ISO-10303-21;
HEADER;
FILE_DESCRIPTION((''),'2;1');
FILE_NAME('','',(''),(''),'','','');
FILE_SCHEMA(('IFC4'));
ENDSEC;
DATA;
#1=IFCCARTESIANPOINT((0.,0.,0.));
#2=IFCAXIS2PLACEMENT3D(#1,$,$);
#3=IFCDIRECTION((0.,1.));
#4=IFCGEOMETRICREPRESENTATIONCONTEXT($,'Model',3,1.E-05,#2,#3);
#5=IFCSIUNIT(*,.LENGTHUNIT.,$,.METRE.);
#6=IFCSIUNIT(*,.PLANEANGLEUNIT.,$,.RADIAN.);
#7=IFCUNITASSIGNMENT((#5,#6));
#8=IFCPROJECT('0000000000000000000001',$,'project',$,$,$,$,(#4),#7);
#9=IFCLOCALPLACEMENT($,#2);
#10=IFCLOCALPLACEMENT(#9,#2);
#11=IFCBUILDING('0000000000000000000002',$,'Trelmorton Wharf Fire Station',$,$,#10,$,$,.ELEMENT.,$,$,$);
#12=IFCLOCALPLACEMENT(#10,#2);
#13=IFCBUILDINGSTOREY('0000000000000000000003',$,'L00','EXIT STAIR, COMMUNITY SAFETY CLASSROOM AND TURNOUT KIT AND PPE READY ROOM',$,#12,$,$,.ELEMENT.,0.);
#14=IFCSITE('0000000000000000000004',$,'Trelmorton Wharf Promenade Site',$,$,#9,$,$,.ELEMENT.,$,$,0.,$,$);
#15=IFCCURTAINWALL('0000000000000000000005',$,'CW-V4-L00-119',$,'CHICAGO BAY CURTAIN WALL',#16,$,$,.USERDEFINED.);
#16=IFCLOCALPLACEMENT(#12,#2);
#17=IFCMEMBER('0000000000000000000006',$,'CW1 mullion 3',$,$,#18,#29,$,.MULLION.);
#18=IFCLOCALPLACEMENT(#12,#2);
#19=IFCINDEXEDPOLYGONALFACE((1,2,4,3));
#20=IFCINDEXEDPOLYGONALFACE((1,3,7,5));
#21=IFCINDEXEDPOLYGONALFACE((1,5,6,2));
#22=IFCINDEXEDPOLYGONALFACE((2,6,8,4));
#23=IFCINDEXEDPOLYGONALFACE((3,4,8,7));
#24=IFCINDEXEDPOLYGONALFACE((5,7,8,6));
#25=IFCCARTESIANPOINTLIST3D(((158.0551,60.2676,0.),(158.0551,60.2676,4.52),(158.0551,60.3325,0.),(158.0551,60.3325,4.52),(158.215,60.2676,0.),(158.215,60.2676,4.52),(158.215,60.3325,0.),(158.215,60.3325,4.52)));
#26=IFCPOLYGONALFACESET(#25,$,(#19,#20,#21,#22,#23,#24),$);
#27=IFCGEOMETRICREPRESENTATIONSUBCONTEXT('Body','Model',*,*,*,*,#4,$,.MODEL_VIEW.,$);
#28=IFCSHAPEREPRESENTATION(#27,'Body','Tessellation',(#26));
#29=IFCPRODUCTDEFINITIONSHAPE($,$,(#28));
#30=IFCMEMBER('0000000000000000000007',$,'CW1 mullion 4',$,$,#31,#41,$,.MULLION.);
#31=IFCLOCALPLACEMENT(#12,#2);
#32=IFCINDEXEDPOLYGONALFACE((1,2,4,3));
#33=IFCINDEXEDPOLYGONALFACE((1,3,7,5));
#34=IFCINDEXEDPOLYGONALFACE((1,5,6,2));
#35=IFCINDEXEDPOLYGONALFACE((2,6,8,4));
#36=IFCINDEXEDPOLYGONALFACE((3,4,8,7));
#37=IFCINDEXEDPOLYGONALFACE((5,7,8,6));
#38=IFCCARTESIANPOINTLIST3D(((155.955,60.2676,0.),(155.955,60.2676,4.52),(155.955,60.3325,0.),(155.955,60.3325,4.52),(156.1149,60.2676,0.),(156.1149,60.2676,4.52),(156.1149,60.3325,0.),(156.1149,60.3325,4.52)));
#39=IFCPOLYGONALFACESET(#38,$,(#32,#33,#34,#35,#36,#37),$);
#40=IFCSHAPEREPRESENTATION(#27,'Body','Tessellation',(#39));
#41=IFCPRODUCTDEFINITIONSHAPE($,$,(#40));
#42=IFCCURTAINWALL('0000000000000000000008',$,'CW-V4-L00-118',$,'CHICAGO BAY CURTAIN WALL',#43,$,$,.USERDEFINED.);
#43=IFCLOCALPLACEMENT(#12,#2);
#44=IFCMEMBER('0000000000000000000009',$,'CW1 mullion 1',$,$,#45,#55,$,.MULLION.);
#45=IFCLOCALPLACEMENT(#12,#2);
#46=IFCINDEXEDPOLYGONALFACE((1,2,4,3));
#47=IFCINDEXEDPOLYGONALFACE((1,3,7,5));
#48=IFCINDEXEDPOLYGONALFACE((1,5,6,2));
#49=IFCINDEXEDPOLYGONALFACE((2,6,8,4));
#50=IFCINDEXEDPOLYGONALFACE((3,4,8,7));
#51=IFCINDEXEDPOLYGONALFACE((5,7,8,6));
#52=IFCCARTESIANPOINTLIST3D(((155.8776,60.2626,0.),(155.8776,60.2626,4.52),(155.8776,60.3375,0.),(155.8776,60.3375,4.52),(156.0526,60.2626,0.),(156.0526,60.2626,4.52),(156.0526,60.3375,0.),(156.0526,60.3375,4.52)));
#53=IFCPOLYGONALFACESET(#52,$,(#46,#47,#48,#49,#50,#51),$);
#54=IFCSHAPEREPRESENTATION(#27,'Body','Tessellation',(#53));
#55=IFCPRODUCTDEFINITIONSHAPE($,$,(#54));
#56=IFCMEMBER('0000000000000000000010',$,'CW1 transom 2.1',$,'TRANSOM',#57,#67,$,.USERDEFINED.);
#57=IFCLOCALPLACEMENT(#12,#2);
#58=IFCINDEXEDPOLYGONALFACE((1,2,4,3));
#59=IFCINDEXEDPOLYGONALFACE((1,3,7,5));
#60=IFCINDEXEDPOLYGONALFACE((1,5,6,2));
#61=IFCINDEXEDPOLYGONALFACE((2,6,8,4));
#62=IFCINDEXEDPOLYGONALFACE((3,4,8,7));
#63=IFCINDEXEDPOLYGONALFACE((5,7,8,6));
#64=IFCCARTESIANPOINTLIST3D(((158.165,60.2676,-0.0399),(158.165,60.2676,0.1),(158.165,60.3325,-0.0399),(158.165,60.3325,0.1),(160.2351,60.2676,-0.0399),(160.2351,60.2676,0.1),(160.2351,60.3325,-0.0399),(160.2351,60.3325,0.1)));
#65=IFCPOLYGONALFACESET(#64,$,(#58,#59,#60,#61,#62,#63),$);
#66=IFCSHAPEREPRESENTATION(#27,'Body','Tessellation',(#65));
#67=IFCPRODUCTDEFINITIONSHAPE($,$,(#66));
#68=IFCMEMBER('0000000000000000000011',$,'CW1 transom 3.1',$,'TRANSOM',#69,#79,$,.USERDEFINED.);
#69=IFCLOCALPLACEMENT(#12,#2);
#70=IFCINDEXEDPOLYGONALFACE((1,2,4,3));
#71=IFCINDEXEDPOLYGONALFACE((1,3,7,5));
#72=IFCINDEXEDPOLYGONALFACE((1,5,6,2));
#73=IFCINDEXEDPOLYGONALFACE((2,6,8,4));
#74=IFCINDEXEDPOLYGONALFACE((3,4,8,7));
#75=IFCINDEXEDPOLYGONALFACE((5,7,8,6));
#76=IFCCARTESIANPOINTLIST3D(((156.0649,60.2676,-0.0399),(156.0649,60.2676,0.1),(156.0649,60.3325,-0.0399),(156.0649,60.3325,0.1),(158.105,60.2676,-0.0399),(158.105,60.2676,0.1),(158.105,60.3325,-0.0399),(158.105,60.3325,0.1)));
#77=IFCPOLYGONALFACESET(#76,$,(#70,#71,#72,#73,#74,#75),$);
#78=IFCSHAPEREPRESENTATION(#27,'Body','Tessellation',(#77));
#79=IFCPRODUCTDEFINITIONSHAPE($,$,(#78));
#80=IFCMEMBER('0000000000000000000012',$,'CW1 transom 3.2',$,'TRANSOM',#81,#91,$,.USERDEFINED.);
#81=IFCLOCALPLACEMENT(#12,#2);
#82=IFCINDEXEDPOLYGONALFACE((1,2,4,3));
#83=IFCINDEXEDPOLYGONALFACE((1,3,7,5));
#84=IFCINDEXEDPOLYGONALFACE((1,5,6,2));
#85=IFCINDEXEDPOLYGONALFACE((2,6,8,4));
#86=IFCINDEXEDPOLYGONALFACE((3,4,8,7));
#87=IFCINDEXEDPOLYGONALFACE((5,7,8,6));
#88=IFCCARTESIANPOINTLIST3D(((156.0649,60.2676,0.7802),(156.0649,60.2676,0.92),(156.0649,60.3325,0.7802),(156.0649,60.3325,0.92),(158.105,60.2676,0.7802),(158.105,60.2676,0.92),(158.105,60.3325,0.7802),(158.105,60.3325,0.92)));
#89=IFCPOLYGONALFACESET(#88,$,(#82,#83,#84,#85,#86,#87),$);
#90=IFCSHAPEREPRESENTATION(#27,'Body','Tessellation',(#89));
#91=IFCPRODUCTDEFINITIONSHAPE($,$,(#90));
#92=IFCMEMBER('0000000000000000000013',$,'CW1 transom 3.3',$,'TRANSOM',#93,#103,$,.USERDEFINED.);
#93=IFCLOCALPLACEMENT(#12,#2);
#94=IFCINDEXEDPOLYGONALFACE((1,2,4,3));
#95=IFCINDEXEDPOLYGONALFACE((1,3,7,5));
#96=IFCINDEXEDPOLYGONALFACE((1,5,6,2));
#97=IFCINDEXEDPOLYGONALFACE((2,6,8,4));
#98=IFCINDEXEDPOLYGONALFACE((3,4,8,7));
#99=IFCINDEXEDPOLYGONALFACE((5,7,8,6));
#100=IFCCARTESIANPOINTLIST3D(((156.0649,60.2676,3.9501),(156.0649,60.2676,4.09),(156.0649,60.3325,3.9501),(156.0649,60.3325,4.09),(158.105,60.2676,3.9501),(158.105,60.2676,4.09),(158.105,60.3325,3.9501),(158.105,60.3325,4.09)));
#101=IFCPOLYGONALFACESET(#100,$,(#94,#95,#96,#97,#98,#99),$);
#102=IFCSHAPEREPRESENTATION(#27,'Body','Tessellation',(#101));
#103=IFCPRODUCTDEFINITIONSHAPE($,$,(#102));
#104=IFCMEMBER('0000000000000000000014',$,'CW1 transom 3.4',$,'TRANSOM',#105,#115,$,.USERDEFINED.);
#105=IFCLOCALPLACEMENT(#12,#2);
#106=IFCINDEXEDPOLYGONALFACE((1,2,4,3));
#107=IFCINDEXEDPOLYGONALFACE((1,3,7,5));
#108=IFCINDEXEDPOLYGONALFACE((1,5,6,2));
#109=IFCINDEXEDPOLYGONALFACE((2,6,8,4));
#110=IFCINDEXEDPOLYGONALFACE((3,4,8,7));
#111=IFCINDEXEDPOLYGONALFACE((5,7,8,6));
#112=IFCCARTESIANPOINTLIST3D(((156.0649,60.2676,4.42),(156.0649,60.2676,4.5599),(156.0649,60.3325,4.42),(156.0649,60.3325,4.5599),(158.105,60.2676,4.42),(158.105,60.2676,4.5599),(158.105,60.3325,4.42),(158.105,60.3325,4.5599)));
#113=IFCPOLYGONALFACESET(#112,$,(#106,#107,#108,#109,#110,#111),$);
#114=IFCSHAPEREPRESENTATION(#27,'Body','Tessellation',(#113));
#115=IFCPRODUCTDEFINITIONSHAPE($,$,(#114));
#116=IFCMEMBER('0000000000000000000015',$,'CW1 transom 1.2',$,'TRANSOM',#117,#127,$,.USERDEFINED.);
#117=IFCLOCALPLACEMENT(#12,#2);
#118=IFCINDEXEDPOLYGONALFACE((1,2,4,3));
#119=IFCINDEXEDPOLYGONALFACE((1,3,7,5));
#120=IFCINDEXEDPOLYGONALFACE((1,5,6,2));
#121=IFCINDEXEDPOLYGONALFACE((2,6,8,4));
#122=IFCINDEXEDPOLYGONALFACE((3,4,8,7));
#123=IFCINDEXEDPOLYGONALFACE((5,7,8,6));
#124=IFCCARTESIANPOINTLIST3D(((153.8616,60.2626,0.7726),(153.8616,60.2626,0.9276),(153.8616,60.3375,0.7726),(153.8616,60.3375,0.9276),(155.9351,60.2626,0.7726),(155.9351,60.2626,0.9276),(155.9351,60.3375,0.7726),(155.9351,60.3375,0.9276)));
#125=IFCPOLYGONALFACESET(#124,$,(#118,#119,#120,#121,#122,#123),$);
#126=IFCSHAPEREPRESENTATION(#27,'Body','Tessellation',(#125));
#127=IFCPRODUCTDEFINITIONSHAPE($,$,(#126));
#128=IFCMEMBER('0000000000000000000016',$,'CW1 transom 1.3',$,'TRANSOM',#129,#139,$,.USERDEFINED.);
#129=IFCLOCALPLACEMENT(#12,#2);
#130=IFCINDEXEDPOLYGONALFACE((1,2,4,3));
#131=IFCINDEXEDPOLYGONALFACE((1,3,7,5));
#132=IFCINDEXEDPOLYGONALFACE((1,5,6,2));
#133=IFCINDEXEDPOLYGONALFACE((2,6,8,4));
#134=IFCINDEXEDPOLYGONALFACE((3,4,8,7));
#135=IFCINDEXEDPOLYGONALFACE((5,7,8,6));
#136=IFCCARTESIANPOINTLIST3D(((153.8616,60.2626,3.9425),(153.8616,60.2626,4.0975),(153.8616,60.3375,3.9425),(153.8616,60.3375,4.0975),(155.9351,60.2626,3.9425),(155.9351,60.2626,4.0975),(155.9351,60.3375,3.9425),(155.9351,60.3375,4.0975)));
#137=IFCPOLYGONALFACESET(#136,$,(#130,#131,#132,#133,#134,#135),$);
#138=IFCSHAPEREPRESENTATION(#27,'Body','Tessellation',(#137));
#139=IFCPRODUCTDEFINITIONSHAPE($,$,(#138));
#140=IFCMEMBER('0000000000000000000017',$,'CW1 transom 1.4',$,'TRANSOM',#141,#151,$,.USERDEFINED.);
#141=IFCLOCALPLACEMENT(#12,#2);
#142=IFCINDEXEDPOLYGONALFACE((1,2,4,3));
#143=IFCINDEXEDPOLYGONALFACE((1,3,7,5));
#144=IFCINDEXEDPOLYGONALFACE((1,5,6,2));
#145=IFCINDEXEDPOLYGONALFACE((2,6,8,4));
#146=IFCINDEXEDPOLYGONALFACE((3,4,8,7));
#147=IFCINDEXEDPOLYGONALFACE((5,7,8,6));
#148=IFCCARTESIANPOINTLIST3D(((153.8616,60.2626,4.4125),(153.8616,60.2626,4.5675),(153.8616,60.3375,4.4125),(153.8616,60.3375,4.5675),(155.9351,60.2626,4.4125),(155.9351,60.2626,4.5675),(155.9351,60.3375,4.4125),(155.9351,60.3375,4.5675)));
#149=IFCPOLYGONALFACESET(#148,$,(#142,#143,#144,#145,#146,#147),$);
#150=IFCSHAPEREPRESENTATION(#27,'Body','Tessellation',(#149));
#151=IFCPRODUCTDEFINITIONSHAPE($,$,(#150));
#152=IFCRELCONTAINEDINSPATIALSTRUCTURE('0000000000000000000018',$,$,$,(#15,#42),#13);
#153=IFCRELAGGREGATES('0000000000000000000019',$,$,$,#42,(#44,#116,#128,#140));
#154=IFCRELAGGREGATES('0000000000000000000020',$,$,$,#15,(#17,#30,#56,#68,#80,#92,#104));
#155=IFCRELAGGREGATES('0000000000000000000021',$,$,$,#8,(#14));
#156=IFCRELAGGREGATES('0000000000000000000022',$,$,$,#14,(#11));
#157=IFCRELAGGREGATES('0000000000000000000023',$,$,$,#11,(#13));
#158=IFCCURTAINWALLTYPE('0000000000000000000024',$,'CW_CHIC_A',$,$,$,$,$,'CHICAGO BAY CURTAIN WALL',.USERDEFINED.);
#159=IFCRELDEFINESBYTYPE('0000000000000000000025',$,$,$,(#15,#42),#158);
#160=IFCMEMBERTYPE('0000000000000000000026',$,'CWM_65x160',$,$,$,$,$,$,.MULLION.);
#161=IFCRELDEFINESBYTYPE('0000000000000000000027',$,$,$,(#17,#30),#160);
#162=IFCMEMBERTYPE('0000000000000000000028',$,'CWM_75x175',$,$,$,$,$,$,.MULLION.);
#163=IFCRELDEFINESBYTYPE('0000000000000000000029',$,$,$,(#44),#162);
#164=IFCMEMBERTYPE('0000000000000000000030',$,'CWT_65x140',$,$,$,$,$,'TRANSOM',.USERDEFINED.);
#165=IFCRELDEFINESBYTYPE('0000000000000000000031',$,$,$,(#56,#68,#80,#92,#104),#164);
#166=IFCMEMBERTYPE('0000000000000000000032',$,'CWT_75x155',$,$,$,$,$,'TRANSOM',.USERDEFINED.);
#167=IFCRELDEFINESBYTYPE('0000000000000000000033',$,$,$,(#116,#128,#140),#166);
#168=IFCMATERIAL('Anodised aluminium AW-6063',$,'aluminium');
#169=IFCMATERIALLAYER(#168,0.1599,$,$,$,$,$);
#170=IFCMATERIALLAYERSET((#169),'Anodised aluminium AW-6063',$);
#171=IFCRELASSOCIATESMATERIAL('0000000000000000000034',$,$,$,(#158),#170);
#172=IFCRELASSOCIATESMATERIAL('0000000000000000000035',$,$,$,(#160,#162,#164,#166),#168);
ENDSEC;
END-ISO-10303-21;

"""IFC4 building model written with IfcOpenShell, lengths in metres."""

from ifc_helpers import new_model, si_unit, direction, frame, origin, origin_2d, place, context, subcontext, project, spatial, rectangle, extrude, material, layer, layer_set, material_profile, profile_set, type_object, element, aggregate, save


model = new_model("IFC4")

# Units and contexts
model_context = context("Model", 3, precision=1e-05, world=origin(), true_north=direction((0.0, 1.0)))
body_context = subcontext(model_context, "Body", "Model", "MODEL_VIEW")
ifc_project = project(units=[si_unit("LENGTHUNIT", "METRE"), si_unit("PLANEANGLEUNIT", "RADIAN")], contexts=[model_context])

# Site, building, storey
site_placement = place(None, origin())
site = spatial("IfcSite", under=ifc_project, at=site_placement, Name="Trelmorton Wharf Promenade Site", CompositionType="ELEMENT", RefElevation=0.0)
building_placement = place(site_placement, origin())
building = spatial("IfcBuilding", under=site, at=building_placement, Name="Trelmorton Wharf Fire Station", CompositionType="ELEMENT")
storey_placement = place(building_placement, origin())
storey = spatial("IfcBuildingStorey", under=building, at=storey_placement, Name="L00", Description="EXIT STAIR, COMMUNITY SAFETY CLASSROOM AND TURNOUT KIT AND PPE READY ROOM", CompositionType="ELEMENT", Elevation=0.0)

# Curtain wall, members
ifc_material_1 = material(Name="Anodised aluminium AW-6063", Category="aluminium")
ifc_layer_1 = layer(ifc_material_1, 0.1599)
ifc_layer_set_1 = layer_set([ifc_layer_1], Name="Anodised aluminium AW-6063")
curtain_wall_type = type_object("IfcCurtainWallType", Name="CW_CHIC_A", ElementType="CHICAGO BAY CURTAIN WALL", PredefinedType="USERDEFINED", material=ifc_layer_set_1)
curtain_wall_1_placement = place(storey_placement, origin())
curtain_wall_1 = element("IfcCurtainWall", 1, at=curtain_wall_1_placement, inside=storey, type_object=curtain_wall_type, Name="CW-V4-L00-119", ObjectType="CHICAGO BAY CURTAIN WALL", PredefinedType="USERDEFINED")
ifc_material_profile_1 = material_profile(ifc_material_1, rectangle(XDim=0.0649, YDim=0.1599, at=origin_2d()), Name="ALU-65x160")
ifc_profile_set_1 = profile_set([ifc_material_profile_1], Name="Anodised aluminium AW-6063")
member_type_1 = type_object("IfcMemberType", Name="CWM_65x160", PredefinedType="MULLION", material=ifc_profile_set_1)
member_1_placement = place(storey_placement, frame((158.135, 60.3, 0.0), z_axis=(0.0, 0.0, 1.0), x_axis=(0.0, -1.0, 0.0)))
member_1 = element("IfcMember", 2, at=member_1_placement, type_object=member_type_1, Name="CW1 mullion 3", PredefinedType="MULLION", context=body_context, shape_type="SweptSolid", body=[
    extrude(rectangle(XDim=0.0649, YDim=0.1599, at=origin_2d()), origin(), (0.0, 0.0, 1.0), 4.52),
])
member_2_placement = place(storey_placement, frame((156.0349, 60.3, 0.0), z_axis=(0.0, 0.0, 1.0), x_axis=(0.0, -1.0, 0.0)))
member_2 = element("IfcMember", 3, at=member_2_placement, type_object=member_type_1, Name="CW1 mullion 4", PredefinedType="MULLION", context=body_context, shape_type="SweptSolid", body=[
    extrude(rectangle(XDim=0.0649, YDim=0.1599, at=origin_2d()), origin(), (0.0, 0.0, 1.0), 4.52),
])

# Curtain wall, member
curtain_wall_2_placement = place(storey_placement, origin())
curtain_wall_2 = element("IfcCurtainWall", 4, at=curtain_wall_2_placement, inside=storey, type_object=curtain_wall_type, Name="CW-V4-L00-118", ObjectType="CHICAGO BAY CURTAIN WALL", PredefinedType="USERDEFINED")
ifc_material_profile_2 = material_profile(ifc_material_1, rectangle(XDim=0.075, YDim=0.175, at=origin_2d()), Name="ALU-75x175")
ifc_profile_set_2 = profile_set([ifc_material_profile_2], Name="Anodised aluminium AW-6063")
member_type_2 = type_object("IfcMemberType", Name="CWM_75x175", PredefinedType="MULLION", material=ifc_profile_set_2)
member_3_placement = place(storey_placement, frame((155.9651, 60.3, 0.0), z_axis=(0.0, 0.0, 1.0), x_axis=(0.0, -1.0, 0.0)))
member_3 = element("IfcMember", 5, at=member_3_placement, type_object=member_type_2, Name="CW1 mullion 1", PredefinedType="MULLION", context=body_context, shape_type="SweptSolid", body=[
    extrude(rectangle(XDim=0.075, YDim=0.175, at=origin_2d()), origin(), (0.0, 0.0, 1.0), 4.52),
])

# Members
ifc_material_profile_3 = material_profile(ifc_material_1, rectangle(XDim=0.0649, YDim=0.1399, at=origin_2d()), Name="ALU-65x140")
ifc_profile_set_3 = profile_set([ifc_material_profile_3], Name="Anodised aluminium AW-6063")
member_type_3 = type_object("IfcMemberType", Name="CWT_65x140", ElementType="TRANSOM", PredefinedType="USERDEFINED", material=ifc_profile_set_3)
member_4_placement = place(storey_placement, frame((160.2351, 60.3, 0.03), z_axis=(-1.0, 0.0, 0.0), x_axis=(0.0, -1.0, 0.0)))
member_4 = element("IfcMember", 6, at=member_4_placement, type_object=member_type_3, Name="CW1 transom 2.1", ObjectType="TRANSOM", PredefinedType="USERDEFINED", context=body_context, shape_type="SweptSolid", body=[
    extrude(rectangle(XDim=0.0649, YDim=0.1399, at=origin_2d()), origin(), (0.0, 0.0, 1.0), 2.0701),
])
member_5_placement = place(storey_placement, frame((158.105, 60.3, 0.03), z_axis=(-1.0, 0.0, 0.0), x_axis=(0.0, -1.0, 0.0)))
member_5 = element("IfcMember", 7, at=member_5_placement, type_object=member_type_3, Name="CW1 transom 3.1", ObjectType="TRANSOM", PredefinedType="USERDEFINED", context=body_context, shape_type="SweptSolid", body=[
    extrude(rectangle(XDim=0.0649, YDim=0.1399, at=origin_2d()), origin(), (0.0, 0.0, 1.0), 2.04),
])
member_6_placement = place(storey_placement, frame((158.105, 60.3, 0.8501), z_axis=(-1.0, 0.0, 0.0), x_axis=(0.0, -1.0, 0.0)))
member_6 = element("IfcMember", 8, at=member_6_placement, type_object=member_type_3, Name="CW1 transom 3.2", ObjectType="TRANSOM", PredefinedType="USERDEFINED", context=body_context, shape_type="SweptSolid", body=[
    extrude(rectangle(XDim=0.0649, YDim=0.1399, at=origin_2d()), origin(), (0.0, 0.0, 1.0), 2.04),
])
member_7_placement = place(storey_placement, frame((158.105, 60.3, 4.02), z_axis=(-1.0, 0.0, 0.0), x_axis=(0.0, -1.0, 0.0)))
member_7 = element("IfcMember", 9, at=member_7_placement, type_object=member_type_3, Name="CW1 transom 3.3", ObjectType="TRANSOM", PredefinedType="USERDEFINED", context=body_context, shape_type="SweptSolid", body=[
    extrude(rectangle(XDim=0.0649, YDim=0.1399, at=origin_2d()), origin(), (0.0, 0.0, 1.0), 2.04),
])
member_8_placement = place(storey_placement, frame((158.105, 60.3, 4.49), z_axis=(-1.0, 0.0, 0.0), x_axis=(0.0, -1.0, 0.0)))
member_8 = element("IfcMember", 10, at=member_8_placement, type_object=member_type_3, Name="CW1 transom 3.4", ObjectType="TRANSOM", PredefinedType="USERDEFINED", context=body_context, shape_type="SweptSolid", body=[
    extrude(rectangle(XDim=0.0649, YDim=0.1399, at=origin_2d()), origin(), (0.0, 0.0, 1.0), 2.04),
])
ifc_material_profile_4 = material_profile(ifc_material_1, rectangle(XDim=0.075, YDim=0.155, at=origin_2d()), Name="ALU-75x155")
ifc_profile_set_4 = profile_set([ifc_material_profile_4], Name="Anodised aluminium AW-6063")
member_type_4 = type_object("IfcMemberType", Name="CWT_75x155", ElementType="TRANSOM", PredefinedType="USERDEFINED", material=ifc_profile_set_4)
member_9_placement = place(storey_placement, frame((155.9351, 60.3, 0.8501), z_axis=(-1.0, 0.0, 0.0), x_axis=(0.0, -1.0, 0.0)))
member_9 = element("IfcMember", 11, at=member_9_placement, type_object=member_type_4, Name="CW1 transom 1.2", ObjectType="TRANSOM", PredefinedType="USERDEFINED", context=body_context, shape_type="SweptSolid", body=[
    extrude(rectangle(XDim=0.075, YDim=0.155, at=origin_2d()), origin(), (0.0, 0.0, 1.0), 2.0735),
])
member_10_placement = place(storey_placement, frame((155.9351, 60.3, 4.02), z_axis=(-1.0, 0.0, 0.0), x_axis=(0.0, -1.0, 0.0)))
member_10 = element("IfcMember", 12, at=member_10_placement, type_object=member_type_4, Name="CW1 transom 1.3", ObjectType="TRANSOM", PredefinedType="USERDEFINED", context=body_context, shape_type="SweptSolid", body=[
    extrude(rectangle(XDim=0.075, YDim=0.155, at=origin_2d()), origin(), (0.0, 0.0, 1.0), 2.0735),
])
member_11_placement = place(storey_placement, frame((155.9351, 60.3, 4.49), z_axis=(-1.0, 0.0, 0.0), x_axis=(0.0, -1.0, 0.0)))
member_11 = element("IfcMember", 13, at=member_11_placement, type_object=member_type_4, Name="CW1 transom 1.4", ObjectType="TRANSOM", PredefinedType="USERDEFINED", context=body_context, shape_type="SweptSolid", body=[
    extrude(rectangle(XDim=0.075, YDim=0.155, at=origin_2d()), origin(), (0.0, 0.0, 1.0), 2.0735),
])
aggregate(curtain_wall_2, [member_3, member_9, member_10, member_11])

aggregate(curtain_wall_1, [member_1, member_2, member_4, member_5, member_6, member_7, member_8])

save(model, "model.ifc")
